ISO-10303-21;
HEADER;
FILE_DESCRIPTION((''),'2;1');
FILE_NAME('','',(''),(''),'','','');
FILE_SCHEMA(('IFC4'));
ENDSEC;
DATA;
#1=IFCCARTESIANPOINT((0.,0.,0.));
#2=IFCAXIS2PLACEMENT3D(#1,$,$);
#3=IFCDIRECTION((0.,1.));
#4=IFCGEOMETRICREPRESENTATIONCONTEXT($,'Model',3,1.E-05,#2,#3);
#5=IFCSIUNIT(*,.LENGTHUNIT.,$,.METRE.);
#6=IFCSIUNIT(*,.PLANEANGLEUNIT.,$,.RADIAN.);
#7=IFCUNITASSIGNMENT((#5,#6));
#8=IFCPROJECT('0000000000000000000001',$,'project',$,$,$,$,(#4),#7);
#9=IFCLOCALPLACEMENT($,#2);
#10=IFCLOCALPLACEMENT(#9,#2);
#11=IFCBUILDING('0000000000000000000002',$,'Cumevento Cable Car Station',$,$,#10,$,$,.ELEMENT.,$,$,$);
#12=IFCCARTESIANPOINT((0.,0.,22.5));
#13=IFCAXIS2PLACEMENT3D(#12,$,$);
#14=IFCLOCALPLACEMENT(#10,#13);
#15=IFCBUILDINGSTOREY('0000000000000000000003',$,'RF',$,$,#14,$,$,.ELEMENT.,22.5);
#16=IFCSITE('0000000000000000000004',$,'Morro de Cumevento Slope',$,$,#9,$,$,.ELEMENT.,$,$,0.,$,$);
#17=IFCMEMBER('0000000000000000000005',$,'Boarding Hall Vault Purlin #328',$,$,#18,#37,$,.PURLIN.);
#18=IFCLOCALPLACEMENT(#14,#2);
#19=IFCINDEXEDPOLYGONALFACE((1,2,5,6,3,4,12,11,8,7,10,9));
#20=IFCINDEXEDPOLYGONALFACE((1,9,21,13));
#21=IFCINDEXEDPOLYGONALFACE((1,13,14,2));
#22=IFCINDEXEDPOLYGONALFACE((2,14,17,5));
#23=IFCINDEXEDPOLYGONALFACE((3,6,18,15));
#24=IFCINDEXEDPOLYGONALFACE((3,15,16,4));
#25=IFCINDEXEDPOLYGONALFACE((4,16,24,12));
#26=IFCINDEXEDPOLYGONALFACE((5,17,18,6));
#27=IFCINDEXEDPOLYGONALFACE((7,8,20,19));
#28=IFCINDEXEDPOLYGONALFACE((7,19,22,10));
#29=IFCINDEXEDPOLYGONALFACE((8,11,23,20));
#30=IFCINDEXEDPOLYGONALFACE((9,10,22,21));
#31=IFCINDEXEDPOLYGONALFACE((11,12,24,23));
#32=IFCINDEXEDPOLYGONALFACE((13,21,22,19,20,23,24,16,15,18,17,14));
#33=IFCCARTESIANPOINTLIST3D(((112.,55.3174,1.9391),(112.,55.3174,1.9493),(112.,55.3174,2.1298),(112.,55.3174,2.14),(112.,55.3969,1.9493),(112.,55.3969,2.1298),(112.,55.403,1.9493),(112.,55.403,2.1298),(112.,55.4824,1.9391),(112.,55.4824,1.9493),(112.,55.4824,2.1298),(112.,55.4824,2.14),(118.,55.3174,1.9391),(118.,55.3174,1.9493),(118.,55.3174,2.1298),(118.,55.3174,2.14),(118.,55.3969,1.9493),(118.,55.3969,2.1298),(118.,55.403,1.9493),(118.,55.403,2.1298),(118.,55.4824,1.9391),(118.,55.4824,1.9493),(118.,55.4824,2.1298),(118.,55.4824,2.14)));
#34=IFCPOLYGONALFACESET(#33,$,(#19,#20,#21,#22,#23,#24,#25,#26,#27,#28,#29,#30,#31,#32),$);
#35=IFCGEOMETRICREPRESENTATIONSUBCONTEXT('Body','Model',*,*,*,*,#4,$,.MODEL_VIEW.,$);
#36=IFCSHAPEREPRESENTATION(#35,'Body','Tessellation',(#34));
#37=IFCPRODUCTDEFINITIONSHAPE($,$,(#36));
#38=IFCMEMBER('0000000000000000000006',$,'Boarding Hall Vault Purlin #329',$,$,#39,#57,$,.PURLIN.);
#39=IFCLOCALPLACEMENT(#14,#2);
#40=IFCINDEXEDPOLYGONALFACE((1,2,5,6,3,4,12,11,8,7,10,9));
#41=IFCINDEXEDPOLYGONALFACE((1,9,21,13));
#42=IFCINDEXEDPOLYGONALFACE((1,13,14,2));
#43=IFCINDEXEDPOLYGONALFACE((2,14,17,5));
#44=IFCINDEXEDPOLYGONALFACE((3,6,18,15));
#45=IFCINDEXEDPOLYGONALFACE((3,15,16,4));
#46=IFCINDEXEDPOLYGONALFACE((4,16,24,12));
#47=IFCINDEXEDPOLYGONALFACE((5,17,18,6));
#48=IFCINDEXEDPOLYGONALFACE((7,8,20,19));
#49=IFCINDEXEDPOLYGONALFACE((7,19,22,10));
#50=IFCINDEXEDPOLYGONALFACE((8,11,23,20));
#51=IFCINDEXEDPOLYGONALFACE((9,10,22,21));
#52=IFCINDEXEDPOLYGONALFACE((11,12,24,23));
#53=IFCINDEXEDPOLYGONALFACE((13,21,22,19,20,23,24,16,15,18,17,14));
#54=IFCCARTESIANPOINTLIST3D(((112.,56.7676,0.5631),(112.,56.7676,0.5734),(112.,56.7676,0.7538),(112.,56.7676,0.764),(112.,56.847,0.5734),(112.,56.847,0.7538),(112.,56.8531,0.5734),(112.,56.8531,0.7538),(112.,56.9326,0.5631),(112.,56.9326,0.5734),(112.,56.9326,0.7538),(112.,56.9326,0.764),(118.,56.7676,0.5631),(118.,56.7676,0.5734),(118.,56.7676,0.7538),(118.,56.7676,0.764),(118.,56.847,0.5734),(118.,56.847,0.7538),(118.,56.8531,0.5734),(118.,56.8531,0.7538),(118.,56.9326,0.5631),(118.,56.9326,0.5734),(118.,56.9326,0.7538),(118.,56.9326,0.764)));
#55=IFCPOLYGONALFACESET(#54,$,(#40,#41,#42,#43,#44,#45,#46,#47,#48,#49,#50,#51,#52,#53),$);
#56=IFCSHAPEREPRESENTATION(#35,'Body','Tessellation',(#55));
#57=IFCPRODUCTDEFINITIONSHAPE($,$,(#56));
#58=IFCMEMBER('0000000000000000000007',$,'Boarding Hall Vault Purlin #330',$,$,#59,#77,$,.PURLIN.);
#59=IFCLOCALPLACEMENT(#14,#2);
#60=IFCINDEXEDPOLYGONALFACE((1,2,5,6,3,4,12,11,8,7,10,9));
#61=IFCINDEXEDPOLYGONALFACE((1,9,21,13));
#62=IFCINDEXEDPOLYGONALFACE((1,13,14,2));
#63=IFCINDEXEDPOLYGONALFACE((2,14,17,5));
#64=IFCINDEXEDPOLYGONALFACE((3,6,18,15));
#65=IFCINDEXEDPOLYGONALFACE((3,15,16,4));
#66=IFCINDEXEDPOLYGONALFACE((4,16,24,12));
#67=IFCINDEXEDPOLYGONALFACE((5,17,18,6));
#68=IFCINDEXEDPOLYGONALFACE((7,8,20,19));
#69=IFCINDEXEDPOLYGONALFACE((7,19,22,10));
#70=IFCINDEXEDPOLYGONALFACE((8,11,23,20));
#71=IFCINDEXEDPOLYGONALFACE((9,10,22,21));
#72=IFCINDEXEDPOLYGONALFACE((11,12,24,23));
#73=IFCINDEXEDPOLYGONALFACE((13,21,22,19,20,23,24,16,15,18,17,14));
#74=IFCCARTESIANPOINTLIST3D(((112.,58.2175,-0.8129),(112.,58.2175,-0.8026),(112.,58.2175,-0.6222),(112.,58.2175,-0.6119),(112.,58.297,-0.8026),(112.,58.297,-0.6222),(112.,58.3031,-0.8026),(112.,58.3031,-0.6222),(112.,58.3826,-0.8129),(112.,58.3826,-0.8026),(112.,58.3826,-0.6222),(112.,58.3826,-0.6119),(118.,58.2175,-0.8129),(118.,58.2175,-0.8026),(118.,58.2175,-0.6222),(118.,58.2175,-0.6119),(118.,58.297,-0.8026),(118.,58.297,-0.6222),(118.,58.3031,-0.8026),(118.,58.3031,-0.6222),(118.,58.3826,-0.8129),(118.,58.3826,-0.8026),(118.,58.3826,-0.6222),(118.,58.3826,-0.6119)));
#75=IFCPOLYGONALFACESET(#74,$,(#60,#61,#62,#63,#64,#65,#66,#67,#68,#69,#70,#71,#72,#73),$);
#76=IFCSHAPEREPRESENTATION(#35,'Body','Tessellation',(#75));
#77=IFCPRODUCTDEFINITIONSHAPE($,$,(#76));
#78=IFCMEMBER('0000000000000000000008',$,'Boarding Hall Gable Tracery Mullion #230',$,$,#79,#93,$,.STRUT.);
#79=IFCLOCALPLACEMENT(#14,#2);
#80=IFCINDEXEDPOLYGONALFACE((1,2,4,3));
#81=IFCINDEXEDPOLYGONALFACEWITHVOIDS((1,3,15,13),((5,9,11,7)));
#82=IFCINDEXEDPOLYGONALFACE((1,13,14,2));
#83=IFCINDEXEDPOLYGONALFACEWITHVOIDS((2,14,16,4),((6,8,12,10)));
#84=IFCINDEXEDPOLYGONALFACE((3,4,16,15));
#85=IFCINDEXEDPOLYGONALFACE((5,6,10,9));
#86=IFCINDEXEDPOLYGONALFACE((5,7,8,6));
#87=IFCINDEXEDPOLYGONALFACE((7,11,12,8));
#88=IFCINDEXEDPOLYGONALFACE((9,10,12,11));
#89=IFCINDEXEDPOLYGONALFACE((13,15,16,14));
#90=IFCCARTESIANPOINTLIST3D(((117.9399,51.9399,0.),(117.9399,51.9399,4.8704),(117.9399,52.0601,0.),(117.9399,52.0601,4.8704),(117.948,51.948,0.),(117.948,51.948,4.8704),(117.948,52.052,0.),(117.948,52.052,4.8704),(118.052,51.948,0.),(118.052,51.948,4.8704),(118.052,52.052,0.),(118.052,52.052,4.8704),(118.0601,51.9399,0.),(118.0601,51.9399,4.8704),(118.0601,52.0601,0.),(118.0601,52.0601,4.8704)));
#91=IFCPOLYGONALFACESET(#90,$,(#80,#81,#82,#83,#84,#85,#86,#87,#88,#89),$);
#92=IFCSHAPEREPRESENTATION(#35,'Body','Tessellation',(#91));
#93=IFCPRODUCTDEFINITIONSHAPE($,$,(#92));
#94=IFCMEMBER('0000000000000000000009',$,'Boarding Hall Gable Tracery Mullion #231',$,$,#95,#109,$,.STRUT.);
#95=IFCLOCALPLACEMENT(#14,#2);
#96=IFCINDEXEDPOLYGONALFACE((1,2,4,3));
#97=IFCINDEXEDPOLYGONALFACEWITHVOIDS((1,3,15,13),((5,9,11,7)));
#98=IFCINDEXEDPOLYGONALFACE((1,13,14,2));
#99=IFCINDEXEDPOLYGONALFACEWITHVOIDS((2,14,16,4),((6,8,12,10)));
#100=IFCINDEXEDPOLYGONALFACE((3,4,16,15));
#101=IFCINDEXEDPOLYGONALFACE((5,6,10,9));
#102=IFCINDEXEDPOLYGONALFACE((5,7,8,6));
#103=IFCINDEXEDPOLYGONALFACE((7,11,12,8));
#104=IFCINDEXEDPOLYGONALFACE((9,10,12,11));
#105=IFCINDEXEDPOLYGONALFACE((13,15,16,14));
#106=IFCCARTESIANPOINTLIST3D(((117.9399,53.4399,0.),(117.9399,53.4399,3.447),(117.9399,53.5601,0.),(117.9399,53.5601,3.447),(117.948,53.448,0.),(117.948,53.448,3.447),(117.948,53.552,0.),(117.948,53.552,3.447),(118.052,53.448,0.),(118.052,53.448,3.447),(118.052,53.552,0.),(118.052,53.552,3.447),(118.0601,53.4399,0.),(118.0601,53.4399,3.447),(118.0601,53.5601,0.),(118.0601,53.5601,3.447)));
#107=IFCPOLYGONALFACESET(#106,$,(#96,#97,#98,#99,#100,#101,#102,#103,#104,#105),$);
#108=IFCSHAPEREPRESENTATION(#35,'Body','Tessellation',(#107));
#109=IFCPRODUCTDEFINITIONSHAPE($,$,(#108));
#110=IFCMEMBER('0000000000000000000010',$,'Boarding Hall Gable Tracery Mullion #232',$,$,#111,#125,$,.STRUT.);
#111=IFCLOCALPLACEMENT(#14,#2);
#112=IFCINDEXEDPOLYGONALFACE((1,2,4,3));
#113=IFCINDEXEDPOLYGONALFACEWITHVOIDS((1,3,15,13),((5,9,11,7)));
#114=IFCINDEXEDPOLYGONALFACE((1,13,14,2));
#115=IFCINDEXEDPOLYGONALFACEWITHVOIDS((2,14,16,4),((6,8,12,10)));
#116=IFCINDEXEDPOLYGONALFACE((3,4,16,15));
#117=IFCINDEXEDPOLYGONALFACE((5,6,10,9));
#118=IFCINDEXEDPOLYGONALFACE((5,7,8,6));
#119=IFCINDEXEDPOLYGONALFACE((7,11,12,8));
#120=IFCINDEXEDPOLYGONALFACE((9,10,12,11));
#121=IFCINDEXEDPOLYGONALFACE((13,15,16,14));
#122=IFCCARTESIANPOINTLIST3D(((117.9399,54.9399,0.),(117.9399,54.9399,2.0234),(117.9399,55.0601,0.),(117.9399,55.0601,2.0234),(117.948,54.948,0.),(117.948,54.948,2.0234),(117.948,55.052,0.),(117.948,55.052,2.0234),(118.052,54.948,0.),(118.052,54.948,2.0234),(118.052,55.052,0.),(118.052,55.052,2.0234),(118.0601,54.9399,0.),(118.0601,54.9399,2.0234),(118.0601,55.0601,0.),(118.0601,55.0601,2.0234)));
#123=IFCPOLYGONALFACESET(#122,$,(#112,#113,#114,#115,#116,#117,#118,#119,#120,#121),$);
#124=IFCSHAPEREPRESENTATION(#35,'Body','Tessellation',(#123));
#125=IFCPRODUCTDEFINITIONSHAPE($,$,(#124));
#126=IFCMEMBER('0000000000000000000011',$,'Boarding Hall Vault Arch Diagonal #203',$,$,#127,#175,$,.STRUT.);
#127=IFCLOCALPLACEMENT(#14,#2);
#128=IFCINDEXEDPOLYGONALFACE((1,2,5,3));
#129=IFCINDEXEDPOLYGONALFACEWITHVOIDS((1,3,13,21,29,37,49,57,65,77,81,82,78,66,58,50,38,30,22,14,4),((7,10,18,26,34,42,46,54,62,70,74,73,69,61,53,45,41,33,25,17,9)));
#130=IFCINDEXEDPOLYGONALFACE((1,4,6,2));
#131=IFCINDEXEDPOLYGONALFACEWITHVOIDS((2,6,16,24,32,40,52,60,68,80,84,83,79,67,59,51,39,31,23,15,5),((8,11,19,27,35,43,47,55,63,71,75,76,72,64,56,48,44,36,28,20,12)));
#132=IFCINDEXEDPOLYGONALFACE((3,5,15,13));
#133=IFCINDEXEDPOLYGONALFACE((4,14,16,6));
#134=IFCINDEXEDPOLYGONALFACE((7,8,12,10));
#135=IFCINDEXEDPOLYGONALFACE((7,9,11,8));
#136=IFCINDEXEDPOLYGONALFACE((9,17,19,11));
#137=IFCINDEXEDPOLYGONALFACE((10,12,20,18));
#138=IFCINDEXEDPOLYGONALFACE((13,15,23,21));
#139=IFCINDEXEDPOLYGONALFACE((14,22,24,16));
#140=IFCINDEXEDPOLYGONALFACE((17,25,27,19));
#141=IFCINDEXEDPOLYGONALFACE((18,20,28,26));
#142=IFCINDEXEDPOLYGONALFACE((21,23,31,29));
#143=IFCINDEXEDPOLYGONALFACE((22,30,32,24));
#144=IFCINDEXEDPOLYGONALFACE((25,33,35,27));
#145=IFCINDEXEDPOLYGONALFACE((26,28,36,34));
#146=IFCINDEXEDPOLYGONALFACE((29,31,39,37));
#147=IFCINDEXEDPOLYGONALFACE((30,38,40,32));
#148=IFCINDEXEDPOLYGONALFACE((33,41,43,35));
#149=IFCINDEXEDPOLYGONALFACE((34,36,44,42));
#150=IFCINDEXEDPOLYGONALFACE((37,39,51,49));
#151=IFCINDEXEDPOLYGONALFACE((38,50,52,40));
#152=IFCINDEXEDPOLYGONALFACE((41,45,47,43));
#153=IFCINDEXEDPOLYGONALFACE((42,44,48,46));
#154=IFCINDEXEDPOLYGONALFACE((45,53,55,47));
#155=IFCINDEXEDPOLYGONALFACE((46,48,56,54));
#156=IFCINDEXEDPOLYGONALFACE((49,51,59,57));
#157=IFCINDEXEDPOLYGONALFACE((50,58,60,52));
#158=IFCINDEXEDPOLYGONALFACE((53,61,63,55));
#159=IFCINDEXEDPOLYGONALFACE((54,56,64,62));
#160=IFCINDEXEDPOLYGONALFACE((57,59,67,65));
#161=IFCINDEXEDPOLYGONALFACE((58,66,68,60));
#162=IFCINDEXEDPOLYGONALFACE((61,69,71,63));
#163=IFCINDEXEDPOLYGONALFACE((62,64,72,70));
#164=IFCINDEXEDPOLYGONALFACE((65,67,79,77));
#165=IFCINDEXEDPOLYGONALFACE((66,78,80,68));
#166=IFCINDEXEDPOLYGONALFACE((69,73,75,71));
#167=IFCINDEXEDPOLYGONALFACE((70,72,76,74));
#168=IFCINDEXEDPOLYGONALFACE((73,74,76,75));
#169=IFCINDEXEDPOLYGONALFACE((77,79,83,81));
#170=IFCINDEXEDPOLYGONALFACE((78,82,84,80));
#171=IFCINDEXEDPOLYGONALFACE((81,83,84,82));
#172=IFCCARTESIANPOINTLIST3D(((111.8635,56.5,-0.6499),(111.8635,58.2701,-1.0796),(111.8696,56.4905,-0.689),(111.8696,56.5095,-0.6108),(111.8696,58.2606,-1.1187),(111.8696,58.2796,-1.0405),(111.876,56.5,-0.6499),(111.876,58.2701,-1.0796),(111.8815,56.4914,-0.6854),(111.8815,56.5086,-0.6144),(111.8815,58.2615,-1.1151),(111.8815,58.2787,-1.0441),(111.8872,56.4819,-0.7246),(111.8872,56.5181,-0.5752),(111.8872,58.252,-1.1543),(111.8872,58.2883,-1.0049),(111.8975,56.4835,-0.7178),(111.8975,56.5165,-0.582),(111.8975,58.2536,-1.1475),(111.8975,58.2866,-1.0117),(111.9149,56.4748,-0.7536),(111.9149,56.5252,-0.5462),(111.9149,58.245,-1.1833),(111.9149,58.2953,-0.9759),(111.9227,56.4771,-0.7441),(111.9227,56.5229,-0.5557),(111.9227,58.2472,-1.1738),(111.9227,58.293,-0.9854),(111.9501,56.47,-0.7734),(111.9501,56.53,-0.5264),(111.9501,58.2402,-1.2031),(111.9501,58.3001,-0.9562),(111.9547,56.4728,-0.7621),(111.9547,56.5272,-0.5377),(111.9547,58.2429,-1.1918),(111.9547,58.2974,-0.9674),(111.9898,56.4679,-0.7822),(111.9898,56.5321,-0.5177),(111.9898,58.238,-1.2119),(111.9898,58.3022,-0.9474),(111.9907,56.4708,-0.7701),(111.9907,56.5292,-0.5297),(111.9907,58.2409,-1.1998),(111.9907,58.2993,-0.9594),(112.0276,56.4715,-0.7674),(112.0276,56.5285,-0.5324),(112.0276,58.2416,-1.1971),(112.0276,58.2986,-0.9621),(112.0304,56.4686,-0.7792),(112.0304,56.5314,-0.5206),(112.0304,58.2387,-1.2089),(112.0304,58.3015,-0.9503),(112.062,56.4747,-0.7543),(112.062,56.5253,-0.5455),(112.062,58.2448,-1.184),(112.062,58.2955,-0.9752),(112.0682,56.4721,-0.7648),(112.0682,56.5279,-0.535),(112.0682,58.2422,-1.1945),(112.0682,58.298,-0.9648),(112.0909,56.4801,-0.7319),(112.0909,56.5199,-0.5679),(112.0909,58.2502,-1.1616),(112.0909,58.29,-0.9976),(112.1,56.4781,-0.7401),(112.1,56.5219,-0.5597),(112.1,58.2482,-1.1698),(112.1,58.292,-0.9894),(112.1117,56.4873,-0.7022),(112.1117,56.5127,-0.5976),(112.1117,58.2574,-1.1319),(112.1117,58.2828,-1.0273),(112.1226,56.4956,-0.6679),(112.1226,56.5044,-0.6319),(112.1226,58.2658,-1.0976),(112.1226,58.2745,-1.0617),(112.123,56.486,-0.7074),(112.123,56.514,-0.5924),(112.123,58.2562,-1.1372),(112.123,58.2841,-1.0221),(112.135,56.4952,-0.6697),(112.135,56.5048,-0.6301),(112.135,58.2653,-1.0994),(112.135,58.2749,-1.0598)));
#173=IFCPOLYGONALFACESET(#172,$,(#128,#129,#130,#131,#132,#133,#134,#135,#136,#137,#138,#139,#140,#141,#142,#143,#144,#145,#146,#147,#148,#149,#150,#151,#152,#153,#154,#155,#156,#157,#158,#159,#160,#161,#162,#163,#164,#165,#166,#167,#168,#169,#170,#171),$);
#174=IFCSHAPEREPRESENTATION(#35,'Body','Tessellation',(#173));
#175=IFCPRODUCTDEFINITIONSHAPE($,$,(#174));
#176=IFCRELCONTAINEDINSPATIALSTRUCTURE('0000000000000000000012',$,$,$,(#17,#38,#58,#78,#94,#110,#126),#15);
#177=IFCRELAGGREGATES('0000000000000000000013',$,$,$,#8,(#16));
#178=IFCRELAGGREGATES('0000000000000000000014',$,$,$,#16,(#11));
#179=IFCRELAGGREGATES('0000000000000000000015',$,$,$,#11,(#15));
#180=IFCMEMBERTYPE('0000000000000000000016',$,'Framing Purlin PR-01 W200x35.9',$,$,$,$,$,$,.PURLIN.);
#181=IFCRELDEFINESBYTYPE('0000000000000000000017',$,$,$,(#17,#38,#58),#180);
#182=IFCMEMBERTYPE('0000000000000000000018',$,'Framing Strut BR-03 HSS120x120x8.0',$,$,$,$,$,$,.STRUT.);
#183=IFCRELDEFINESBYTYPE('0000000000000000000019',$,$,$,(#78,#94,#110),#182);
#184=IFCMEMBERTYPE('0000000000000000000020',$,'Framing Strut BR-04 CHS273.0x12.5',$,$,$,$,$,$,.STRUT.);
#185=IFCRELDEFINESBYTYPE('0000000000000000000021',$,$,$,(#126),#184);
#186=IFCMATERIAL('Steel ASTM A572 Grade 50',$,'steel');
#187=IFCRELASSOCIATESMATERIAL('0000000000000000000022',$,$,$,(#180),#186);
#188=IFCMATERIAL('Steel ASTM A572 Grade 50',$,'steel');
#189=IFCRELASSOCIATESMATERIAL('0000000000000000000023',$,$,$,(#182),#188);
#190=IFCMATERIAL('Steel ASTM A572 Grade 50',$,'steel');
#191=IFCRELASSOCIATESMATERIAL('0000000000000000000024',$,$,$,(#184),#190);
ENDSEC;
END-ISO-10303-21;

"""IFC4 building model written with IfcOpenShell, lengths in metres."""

from ifc_helpers import new_model, si_unit, direction, frame, origin, origin_2d, place, context, subcontext, project, spatial, hollow_rectangle, hollow_circle, i_section, extrude, material, material_profile, profile_set, type_object, element, save


model = new_model("IFC4")

# Units and contexts
model_context = context("Model", 3, precision=1e-05, world=origin(), true_north=direction((0.0, 1.0)))
body_context = subcontext(model_context, "Body", "Model", "MODEL_VIEW")
ifc_project = project(units=[si_unit("LENGTHUNIT", "METRE"), si_unit("PLANEANGLEUNIT", "RADIAN")], contexts=[model_context])

# Site, building, storey
site_placement = place(None, origin())
site = spatial("IfcSite", under=ifc_project, at=site_placement, Name="Morro de Cumevento Slope", CompositionType="ELEMENT", RefElevation=0.0)
building_placement = place(site_placement, origin())
building = spatial("IfcBuilding", under=site, at=building_placement, Name="Cumevento Cable Car Station", CompositionType="ELEMENT")
storey_placement = place(building_placement, frame((0.0, 0.0, 22.5)))
storey = spatial("IfcBuildingStorey", under=building, at=storey_placement, Name="RF", CompositionType="ELEMENT", Elevation=22.5)

# Members
ifc_material_1 = material(Name="Steel ASTM A572 Grade 50", Category="steel")
ifc_material_profile_1 = material_profile(ifc_material_1, i_section(OverallWidth=0.165, OverallDepth=0.2009, WebThickness=0.0061, FlangeThickness=0.0103, at=origin_2d()), Name="W200x35.9")
ifc_profile_set_1 = profile_set([ifc_material_profile_1], Name="Steel ASTM A572 Grade 50")
member_type_1 = type_object("IfcMemberType", Name="Framing Purlin PR-01 W200x35.9", PredefinedType="PURLIN", material=ifc_profile_set_1)
for number, where, z_axis, x_axis, name in (
    (1, (112.0, 55.3999, 2.0396), (1.0, 0.0, 0.0), (0.0, 1.0, 0.0), "Boarding Hall Vault Purlin #328"),
    (2, (112.0, 56.8501, 0.6636), (1.0, 0.0, 0.0), (0.0, 1.0, 0.0), "Boarding Hall Vault Purlin #329"),
    (3, (112.0, 58.3, -0.7124), (1.0, 0.0, 0.0), (0.0, 1.0, 0.0), "Boarding Hall Vault Purlin #330"),
):
    element("IfcMember", number, at=place(storey_placement, frame(where, z_axis=z_axis, x_axis=x_axis)), inside=storey, type_object=member_type_1, Name=name, PredefinedType="PURLIN", context=body_context, shape_type="SweptSolid", body=[
        extrude(i_section(OverallWidth=0.165, OverallDepth=0.2009, WebThickness=0.0061, FlangeThickness=0.0103, at=origin_2d()), origin(), (0.0, 0.0, 1.0), 6.0),
    ])
ifc_material_2 = material(Name="Steel ASTM A572 Grade 50", Category="steel")
ifc_material_profile_2 = material_profile(ifc_material_2, hollow_rectangle(XDim=0.1201, YDim=0.1201, WallThickness=0.0081, at=origin_2d()), Name="HSS120x120x8.0")
ifc_profile_set_2 = profile_set([ifc_material_profile_2], Name="Steel ASTM A572 Grade 50")
member_type_2 = type_object("IfcMemberType", Name="Framing Strut BR-03 HSS120x120x8.0", PredefinedType="STRUT", material=ifc_profile_set_2)
member_1_placement = place(storey_placement, frame((118.0, 52.0, 0.0), z_axis=(0.0, 0.0, 1.0), x_axis=(1.0, 0.0, 0.0)))
element("IfcMember", 4, at=member_1_placement, inside=storey, type_object=member_type_2, Name="Boarding Hall Gable Tracery Mullion #230", PredefinedType="STRUT", context=body_context, shape_type="SweptSolid", body=[
    extrude(hollow_rectangle(XDim=0.1201, YDim=0.1201, WallThickness=0.0081, at=origin_2d()), origin(), (0.0, 0.0, 1.0), 4.8704),
])
member_2_placement = place(storey_placement, frame((118.0, 53.5, 0.0), z_axis=(0.0, 0.0, 1.0), x_axis=(1.0, 0.0, 0.0)))
element("IfcMember", 5, at=member_2_placement, inside=storey, type_object=member_type_2, Name="Boarding Hall Gable Tracery Mullion #231", PredefinedType="STRUT", context=body_context, shape_type="SweptSolid", body=[
    extrude(hollow_rectangle(XDim=0.1201, YDim=0.1201, WallThickness=0.0081, at=origin_2d()), origin(), (0.0, 0.0, 1.0), 3.447),
])
member_3_placement = place(storey_placement, frame((118.0, 55.0, 0.0), z_axis=(0.0, 0.0, 1.0), x_axis=(1.0, 0.0, 0.0)))
element("IfcMember", 6, at=member_3_placement, inside=storey, type_object=member_type_2, Name="Boarding Hall Gable Tracery Mullion #232", PredefinedType="STRUT", context=body_context, shape_type="SweptSolid", body=[
    extrude(hollow_rectangle(XDim=0.1201, YDim=0.1201, WallThickness=0.0081, at=origin_2d()), origin(), (0.0, 0.0, 1.0), 2.0234),
])
ifc_material_3 = material(Name="Steel ASTM A572 Grade 50", Category="steel")
ifc_material_profile_3 = material_profile(ifc_material_3, hollow_circle(Radius=0.1365, WallThickness=0.0125, at=origin_2d()), Name="CHS273.0x12.5")
ifc_profile_set_3 = profile_set([ifc_material_profile_3], Name="Steel ASTM A572 Grade 50")
member_type_3 = type_object("IfcMemberType", Name="Framing Strut BR-04 CHS273.0x12.5", PredefinedType="STRUT", material=ifc_profile_set_3)
for number, where, z_axis, x_axis, name in (
    (7, (112.0, 56.5, -0.6499), (0.0, 0.971776, -0.235907), (-1.0, 0.0, 0.0), "Boarding Hall Vault Arch Diagonal #203"),
):
    element("IfcMember", number, at=place(storey_placement, frame(where, z_axis=z_axis, x_axis=x_axis)), inside=storey, type_object=member_type_3, Name=name, PredefinedType="STRUT", context=body_context, shape_type="SweptSolid", body=[
        extrude(hollow_circle(Radius=0.1365, WallThickness=0.0125, at=origin_2d()), origin(), (0.0, 0.0, 1.0), 1.8215),
    ])

save(model, "model.ifc")
